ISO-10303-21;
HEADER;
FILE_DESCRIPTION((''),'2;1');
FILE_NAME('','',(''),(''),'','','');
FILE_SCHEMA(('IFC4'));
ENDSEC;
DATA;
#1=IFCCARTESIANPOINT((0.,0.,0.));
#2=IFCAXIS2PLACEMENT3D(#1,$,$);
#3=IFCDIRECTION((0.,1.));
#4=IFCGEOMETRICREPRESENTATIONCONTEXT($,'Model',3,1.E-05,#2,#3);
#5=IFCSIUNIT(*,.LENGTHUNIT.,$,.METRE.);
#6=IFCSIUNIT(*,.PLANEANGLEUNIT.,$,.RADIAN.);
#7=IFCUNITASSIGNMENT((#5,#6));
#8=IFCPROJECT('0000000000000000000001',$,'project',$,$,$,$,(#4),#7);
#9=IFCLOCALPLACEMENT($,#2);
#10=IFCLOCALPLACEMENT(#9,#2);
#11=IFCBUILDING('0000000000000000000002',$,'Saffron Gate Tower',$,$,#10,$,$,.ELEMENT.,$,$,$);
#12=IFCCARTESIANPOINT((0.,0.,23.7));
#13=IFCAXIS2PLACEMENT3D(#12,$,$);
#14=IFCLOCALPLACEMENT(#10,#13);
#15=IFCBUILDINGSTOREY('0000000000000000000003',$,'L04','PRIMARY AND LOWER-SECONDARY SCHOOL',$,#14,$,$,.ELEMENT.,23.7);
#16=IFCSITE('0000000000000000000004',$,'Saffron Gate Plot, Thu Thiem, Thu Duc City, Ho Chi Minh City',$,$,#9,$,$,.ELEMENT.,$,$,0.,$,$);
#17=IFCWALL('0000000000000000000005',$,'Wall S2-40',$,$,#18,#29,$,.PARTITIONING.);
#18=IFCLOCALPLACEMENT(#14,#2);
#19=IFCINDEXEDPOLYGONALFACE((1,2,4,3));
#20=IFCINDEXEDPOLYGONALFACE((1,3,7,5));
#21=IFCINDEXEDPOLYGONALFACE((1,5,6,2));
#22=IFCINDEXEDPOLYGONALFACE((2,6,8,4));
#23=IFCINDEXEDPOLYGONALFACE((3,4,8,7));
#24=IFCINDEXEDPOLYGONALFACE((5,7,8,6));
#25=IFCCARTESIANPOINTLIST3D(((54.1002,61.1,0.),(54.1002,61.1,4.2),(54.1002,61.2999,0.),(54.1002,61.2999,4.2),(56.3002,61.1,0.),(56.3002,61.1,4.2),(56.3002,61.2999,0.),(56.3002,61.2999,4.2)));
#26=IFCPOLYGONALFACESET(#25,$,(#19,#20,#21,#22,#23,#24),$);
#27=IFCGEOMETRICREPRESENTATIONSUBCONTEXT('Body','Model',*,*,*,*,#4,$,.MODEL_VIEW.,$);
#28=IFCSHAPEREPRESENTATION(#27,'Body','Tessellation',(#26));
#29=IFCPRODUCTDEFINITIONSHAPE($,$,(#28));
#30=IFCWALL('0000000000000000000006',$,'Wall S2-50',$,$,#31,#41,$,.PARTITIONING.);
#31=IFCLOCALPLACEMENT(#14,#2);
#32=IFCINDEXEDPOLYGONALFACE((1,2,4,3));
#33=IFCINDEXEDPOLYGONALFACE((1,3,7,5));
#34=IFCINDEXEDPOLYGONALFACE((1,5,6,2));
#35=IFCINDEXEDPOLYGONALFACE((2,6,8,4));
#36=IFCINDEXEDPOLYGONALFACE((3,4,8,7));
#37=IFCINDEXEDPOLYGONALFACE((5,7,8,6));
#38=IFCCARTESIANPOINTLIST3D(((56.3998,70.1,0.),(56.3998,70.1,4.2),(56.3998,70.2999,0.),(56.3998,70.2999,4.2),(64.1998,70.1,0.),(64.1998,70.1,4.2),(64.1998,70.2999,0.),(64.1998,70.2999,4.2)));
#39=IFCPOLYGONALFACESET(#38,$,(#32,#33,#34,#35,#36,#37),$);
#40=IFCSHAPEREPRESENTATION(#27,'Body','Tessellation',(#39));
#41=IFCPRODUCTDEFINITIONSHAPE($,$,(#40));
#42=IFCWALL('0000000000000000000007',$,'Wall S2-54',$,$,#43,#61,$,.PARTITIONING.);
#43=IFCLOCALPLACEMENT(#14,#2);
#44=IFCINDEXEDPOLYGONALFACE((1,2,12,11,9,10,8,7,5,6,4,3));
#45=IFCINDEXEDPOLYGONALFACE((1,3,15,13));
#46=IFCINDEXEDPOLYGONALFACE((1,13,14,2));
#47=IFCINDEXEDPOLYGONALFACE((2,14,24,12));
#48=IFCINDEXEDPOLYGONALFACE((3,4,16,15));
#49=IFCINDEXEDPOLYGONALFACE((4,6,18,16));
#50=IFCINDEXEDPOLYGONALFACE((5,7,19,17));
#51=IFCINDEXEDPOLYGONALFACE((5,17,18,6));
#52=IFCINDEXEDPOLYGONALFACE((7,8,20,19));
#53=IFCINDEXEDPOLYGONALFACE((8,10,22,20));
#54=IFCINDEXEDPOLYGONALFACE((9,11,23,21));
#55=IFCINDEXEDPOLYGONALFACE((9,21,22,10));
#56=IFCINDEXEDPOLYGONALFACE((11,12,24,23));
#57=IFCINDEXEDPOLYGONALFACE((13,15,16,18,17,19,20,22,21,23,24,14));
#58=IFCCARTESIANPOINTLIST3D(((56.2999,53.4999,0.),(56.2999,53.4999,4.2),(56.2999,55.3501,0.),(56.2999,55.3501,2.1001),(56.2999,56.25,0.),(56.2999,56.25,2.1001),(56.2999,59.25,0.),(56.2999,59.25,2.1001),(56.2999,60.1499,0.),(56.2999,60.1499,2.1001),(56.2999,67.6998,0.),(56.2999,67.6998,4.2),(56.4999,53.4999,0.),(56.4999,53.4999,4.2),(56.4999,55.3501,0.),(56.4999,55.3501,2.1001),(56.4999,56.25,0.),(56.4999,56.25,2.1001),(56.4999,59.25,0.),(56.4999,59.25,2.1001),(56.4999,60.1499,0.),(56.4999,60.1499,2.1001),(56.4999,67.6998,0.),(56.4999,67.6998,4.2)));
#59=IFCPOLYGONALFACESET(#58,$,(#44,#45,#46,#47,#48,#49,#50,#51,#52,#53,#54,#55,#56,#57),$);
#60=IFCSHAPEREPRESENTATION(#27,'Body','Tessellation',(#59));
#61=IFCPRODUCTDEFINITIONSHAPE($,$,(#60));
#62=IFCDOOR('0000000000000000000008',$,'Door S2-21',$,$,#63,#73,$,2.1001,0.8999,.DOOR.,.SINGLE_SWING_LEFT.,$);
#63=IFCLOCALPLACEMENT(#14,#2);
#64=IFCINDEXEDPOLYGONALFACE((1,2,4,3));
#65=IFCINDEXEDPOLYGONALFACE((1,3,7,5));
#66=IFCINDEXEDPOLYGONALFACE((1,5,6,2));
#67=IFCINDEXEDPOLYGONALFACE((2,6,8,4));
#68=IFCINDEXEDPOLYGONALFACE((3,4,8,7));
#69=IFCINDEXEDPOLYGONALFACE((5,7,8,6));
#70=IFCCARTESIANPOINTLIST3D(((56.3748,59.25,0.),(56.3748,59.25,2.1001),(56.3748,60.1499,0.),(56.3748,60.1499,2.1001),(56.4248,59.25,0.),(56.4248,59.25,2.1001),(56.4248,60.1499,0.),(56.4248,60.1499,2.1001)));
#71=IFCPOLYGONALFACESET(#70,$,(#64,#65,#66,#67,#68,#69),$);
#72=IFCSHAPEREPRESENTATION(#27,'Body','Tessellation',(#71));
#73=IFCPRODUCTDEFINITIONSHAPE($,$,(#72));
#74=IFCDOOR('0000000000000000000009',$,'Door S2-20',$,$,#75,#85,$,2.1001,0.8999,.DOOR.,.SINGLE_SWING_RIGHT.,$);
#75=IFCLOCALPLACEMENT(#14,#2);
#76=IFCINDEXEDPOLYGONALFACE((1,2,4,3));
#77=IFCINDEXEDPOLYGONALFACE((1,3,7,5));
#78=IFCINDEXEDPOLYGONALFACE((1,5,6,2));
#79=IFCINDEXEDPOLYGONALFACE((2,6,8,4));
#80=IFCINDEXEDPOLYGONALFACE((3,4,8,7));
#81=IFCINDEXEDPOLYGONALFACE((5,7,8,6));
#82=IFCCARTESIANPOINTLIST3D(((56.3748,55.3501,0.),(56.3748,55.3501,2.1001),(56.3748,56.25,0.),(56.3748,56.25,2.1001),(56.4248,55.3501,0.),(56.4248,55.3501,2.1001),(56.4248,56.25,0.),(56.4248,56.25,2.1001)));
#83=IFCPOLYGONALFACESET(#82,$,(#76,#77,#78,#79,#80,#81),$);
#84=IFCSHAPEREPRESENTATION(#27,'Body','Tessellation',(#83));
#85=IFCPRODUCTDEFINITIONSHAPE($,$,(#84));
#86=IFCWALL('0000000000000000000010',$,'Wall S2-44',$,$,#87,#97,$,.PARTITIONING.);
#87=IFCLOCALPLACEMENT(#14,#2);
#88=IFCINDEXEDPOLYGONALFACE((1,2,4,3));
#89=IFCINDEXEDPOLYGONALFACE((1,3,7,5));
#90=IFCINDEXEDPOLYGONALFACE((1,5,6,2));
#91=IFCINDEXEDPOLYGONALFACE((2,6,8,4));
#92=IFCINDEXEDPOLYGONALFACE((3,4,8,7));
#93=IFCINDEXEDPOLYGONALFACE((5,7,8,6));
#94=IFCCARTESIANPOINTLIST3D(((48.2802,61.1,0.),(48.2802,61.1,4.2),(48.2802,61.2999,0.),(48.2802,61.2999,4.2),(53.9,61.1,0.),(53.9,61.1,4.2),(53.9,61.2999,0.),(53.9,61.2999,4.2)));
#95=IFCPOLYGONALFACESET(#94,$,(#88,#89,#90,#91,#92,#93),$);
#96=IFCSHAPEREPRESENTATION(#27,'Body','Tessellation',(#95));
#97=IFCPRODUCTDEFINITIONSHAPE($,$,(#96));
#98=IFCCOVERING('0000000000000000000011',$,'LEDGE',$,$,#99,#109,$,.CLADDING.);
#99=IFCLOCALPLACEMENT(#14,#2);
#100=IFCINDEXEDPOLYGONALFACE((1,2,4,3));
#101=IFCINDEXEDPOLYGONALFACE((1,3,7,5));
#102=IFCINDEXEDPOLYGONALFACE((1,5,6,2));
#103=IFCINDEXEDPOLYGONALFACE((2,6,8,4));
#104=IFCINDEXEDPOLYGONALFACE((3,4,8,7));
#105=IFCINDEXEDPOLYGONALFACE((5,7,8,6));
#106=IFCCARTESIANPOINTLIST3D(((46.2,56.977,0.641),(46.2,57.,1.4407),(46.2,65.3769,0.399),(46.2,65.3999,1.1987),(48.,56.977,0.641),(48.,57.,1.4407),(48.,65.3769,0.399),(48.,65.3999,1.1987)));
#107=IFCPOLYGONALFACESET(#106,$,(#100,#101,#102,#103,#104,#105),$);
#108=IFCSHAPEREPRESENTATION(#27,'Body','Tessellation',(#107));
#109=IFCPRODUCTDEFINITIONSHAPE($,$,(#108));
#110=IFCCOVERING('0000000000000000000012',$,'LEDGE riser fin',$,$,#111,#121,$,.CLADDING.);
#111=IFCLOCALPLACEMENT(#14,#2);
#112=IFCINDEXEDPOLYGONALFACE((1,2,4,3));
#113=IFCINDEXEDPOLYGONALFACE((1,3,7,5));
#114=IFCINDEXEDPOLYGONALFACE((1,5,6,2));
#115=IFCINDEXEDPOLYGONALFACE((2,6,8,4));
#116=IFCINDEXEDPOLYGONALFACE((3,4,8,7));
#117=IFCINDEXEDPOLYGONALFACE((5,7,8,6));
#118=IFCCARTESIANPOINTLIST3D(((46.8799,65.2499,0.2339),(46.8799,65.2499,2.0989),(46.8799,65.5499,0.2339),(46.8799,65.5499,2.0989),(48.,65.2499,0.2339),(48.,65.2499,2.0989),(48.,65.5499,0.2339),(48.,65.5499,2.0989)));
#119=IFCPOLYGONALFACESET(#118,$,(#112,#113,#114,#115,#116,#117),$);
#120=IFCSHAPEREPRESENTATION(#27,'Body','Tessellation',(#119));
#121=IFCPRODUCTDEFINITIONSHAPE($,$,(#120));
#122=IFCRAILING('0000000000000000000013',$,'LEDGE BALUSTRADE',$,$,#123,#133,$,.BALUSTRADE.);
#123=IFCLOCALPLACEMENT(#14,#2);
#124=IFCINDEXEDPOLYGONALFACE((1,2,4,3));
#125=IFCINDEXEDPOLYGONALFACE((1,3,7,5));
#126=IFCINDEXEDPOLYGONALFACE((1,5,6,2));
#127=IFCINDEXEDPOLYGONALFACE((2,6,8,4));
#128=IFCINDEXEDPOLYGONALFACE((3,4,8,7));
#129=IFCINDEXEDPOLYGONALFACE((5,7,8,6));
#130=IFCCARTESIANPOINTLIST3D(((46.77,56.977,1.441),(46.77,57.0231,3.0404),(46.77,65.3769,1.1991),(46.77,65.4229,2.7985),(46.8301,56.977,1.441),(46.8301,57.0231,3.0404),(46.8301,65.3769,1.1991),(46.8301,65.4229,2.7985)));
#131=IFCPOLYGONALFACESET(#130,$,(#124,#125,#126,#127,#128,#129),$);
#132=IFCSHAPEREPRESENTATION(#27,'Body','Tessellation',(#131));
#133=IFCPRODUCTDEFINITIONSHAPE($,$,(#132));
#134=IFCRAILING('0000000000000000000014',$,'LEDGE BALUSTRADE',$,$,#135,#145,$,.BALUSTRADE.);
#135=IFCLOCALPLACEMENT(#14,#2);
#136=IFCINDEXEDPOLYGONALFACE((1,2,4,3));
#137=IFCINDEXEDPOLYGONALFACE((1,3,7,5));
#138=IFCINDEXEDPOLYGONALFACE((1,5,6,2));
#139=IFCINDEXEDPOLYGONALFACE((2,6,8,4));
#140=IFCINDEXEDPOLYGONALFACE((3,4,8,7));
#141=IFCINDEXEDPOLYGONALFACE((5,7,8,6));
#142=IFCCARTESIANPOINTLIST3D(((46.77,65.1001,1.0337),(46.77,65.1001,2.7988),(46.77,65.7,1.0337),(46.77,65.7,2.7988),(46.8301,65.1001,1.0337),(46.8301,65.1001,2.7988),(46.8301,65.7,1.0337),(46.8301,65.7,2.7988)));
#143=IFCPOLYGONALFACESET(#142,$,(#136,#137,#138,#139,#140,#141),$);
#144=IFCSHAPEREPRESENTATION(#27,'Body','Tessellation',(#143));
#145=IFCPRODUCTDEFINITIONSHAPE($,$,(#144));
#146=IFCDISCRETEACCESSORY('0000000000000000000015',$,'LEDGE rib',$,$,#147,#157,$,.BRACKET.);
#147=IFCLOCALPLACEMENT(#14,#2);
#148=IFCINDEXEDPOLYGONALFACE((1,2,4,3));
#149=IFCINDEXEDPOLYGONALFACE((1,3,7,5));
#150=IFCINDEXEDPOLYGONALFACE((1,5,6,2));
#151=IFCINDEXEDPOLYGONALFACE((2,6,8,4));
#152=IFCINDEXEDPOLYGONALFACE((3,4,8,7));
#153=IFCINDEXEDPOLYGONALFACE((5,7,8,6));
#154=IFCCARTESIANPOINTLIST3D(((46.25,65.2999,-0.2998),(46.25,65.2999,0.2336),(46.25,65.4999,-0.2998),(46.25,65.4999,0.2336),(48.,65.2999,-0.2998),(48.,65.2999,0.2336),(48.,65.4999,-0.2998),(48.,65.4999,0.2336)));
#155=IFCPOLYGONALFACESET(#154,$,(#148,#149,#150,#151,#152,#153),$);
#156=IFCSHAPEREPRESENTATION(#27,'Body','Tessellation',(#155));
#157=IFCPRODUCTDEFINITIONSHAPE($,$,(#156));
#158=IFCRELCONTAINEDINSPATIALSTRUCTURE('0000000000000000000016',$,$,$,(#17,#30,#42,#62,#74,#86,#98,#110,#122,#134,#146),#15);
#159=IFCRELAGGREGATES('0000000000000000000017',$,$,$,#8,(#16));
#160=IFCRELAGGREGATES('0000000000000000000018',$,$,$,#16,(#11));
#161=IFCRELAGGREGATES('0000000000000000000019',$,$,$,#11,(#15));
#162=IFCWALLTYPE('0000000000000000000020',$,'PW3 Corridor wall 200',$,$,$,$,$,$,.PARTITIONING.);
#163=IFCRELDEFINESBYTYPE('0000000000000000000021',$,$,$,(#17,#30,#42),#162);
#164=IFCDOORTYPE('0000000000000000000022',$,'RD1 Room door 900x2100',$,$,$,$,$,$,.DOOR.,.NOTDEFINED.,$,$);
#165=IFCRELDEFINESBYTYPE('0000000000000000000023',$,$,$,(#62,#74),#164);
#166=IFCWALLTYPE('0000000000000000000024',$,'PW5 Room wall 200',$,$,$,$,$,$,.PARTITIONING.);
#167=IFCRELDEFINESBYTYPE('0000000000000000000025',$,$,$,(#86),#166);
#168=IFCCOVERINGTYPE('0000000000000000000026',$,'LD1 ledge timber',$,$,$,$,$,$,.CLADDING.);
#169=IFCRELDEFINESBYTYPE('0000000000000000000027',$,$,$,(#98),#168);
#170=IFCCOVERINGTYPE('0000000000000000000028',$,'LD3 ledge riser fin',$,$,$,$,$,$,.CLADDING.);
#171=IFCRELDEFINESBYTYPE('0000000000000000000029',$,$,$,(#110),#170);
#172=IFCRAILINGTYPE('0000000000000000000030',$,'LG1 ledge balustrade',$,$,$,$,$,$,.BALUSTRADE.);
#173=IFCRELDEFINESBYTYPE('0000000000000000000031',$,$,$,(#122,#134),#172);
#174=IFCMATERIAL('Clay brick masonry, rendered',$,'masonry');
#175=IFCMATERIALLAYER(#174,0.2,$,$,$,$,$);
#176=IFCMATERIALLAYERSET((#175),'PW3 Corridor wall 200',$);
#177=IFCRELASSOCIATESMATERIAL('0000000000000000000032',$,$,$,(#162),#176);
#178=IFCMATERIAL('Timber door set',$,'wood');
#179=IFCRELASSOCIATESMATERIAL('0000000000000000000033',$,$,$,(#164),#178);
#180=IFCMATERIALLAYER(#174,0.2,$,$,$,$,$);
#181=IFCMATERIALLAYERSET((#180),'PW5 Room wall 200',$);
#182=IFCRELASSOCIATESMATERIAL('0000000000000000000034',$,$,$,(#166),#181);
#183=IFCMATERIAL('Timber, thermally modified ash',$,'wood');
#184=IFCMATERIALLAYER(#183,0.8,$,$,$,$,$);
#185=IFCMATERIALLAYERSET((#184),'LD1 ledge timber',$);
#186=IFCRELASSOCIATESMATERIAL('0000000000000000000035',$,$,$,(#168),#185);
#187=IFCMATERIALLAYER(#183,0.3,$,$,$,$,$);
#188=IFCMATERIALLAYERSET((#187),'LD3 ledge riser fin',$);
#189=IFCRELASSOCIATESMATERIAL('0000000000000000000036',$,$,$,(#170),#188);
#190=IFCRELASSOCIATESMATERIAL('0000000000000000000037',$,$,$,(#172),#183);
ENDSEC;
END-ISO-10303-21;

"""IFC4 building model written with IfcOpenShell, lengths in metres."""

from ifc_helpers import new_model, si_unit, direction, frame, frame_2d, origin, origin_2d, place, context, subcontext, project, spatial, polyline, rectangle, outline, extrude, material, layer, layer_set, type_object, element, fill, save


model = new_model("IFC4")

# Units and contexts
model_context = context("Model", 3, precision=1e-05, world=origin(), true_north=direction((0.0, 1.0)))
body_context = subcontext(model_context, "Body", "Model", "MODEL_VIEW")
ifc_project = project(units=[si_unit("LENGTHUNIT", "METRE"), si_unit("PLANEANGLEUNIT", "RADIAN")], contexts=[model_context])

# Site, building, storey
site_placement = place(None, origin())
site = spatial("IfcSite", under=ifc_project, at=site_placement, Name="Saffron Gate Plot, Thu Thiem, Thu Duc City, Ho Chi Minh City", CompositionType="ELEMENT", RefElevation=0.0)
building_placement = place(site_placement, origin())
building = spatial("IfcBuilding", under=site, at=building_placement, Name="Saffron Gate Tower", CompositionType="ELEMENT")
storey_placement = place(building_placement, frame((0.0, 0.0, 23.7)))
storey = spatial("IfcBuildingStorey", under=building, at=storey_placement, Name="L04", Description="PRIMARY AND LOWER-SECONDARY SCHOOL", CompositionType="ELEMENT", Elevation=23.7)

# Walls
ifc_material_1 = material(Name="Clay brick masonry, rendered", Category="masonry")
ifc_layer_1 = layer(ifc_material_1, 0.2)
ifc_layer_set_1 = layer_set([ifc_layer_1], Name="PW3 Corridor wall 200")
wall_type_1 = type_object("IfcWallType", Name="PW3 Corridor wall 200", PredefinedType="PARTITIONING", material=ifc_layer_set_1)
wall_1_placement = place(storey_placement, frame((54.1001, 61.2, 0.0), z_axis=(0.0, 0.0, 1.0), x_axis=(1.0, 0.0, 0.0)))
element("IfcWall", 1, at=wall_1_placement, inside=storey, type_object=wall_type_1, Name="Wall S2-40", PredefinedType="PARTITIONING", context=body_context, shape_type="SweptSolid", body=[
    extrude(rectangle(XDim=2.2, YDim=0.2, at=frame_2d((1.1001, 0.0))), origin(), (0.0, 0.0, 1.0), 4.2),
])
wall_2_placement = place(storey_placement, frame((56.3999, 70.2, 0.0), z_axis=(0.0, 0.0, 1.0), x_axis=(1.0, 0.0, 0.0)))
element("IfcWall", 2, at=wall_2_placement, inside=storey, type_object=wall_type_1, Name="Wall S2-50", PredefinedType="PARTITIONING", context=body_context, shape_type="SweptSolid", body=[
    extrude(rectangle(XDim=7.8, YDim=0.2, at=frame_2d((3.8999, 0.0))), origin(), (0.0, 0.0, 1.0), 4.2),
])

# Wall, openings, doors
wall_3_placement = place(storey_placement, frame((56.3999, 67.7, 0.0), z_axis=(0.0, 0.0, 1.0), x_axis=(0.0, -1.0, 0.0)))
wall_3 = element("IfcWall", 3, at=wall_3_placement, inside=storey, type_object=wall_type_1, Name="Wall S2-54", PredefinedType="PARTITIONING", context=body_context, shape_type="SweptSolid", body=[
    extrude(rectangle(XDim=14.2, YDim=0.2, at=frame_2d((7.1001, 0.0))), origin(), (0.0, 0.0, 1.0), 4.2),
])
opening_1_placement = place(wall_3_placement, frame((7.55, 0.0, 0.0)))
opening_1 = element("IfcOpeningElement", 4, at=opening_1_placement, cuts=wall_3, PredefinedType="OPENING", context=body_context, shape_type="SweptSolid", body=[
    extrude(rectangle(XDim=0.8999, YDim=2.1001, at=frame_2d((0.45, 1.05))), frame((0.0, 0.1099, 0.0), z_axis=(0.0, -1.0, 0.0), x_axis=(1.0, 0.0, 0.0)), (0.0, 0.0, 1.0), 0.22),
])
opening_2_placement = place(wall_3_placement, frame((11.45, 0.0, 0.0)))
opening_2 = element("IfcOpeningElement", 5, at=opening_2_placement, cuts=wall_3, PredefinedType="OPENING", context=body_context, shape_type="SweptSolid", body=[
    extrude(rectangle(XDim=0.8999, YDim=2.1001, at=frame_2d((0.45, 1.05))), frame((0.0, 0.1099, 0.0), z_axis=(0.0, -1.0, 0.0), x_axis=(1.0, 0.0, 0.0)), (0.0, 0.0, 1.0), 0.22),
])
ifc_material_2 = material(Name="Timber door set", Category="wood")
door_type = type_object("IfcDoorType", Name="RD1 Room door 900x2100", OperationType="NOTDEFINED", PredefinedType="DOOR", material=ifc_material_2)
door_1_placement = place(opening_1_placement, origin())
door_1 = element("IfcDoor", 6, at=door_1_placement, inside=storey, type_object=door_type, Name="Door S2-21", OperationType="SINGLE_SWING_LEFT", OverallHeight=2.1001, OverallWidth=0.8999, PredefinedType="DOOR", context=body_context, shape_type="SweptSolid", body=[
    extrude(rectangle(XDim=0.8999, YDim=2.1001, at=frame_2d((0.45, 1.05))), frame((0.0, 0.0249, 0.0), z_axis=(0.0, -1.0, 0.0), x_axis=(1.0, 0.0, 0.0)), (0.0, 0.0, 1.0), 0.05),
])
fill(opening_1, door_1)
door_2_placement = place(opening_2_placement, origin())
door_2 = element("IfcDoor", 7, at=door_2_placement, inside=storey, type_object=door_type, Name="Door S2-20", OperationType="SINGLE_SWING_RIGHT", OverallHeight=2.1001, OverallWidth=0.8999, PredefinedType="DOOR", context=body_context, shape_type="SweptSolid", body=[
    extrude(rectangle(XDim=0.8999, YDim=2.1001, at=frame_2d((0.45, 1.05))), frame((0.0, 0.0249, 0.0), z_axis=(0.0, -1.0, 0.0), x_axis=(1.0, 0.0, 0.0)), (0.0, 0.0, 1.0), 0.05),
])
fill(opening_2, door_2)

# Wall
ifc_layer_2 = layer(ifc_material_1, 0.2)
ifc_layer_set_2 = layer_set([ifc_layer_2], Name="PW5 Room wall 200")
wall_type_2 = type_object("IfcWallType", Name="PW5 Room wall 200", PredefinedType="PARTITIONING", material=ifc_layer_set_2)
wall_4_placement = place(storey_placement, frame((48.28, 61.2, 0.0), z_axis=(0.0, 0.0, 1.0), x_axis=(1.0, 0.0, 0.0)))
element("IfcWall", 8, at=wall_4_placement, inside=storey, type_object=wall_type_2, Name="Wall S2-44", PredefinedType="PARTITIONING", context=body_context, shape_type="SweptSolid", body=[
    extrude(rectangle(XDim=5.6199, YDim=0.2, at=frame_2d((2.8101, 0.0))), origin(), (0.0, 0.0, 1.0), 4.2),
])

# Coverings
ifc_material_3 = material(Name="Timber, thermally modified ash", Category="wood")
ifc_layer_3 = layer(ifc_material_3, 0.8)
ifc_layer_set_3 = layer_set([ifc_layer_3], Name="LD1 ledge timber")
covering_type_1 = type_object("IfcCoveringType", Name="LD1 ledge timber", PredefinedType="CLADDING", material=ifc_layer_set_3)
covering_1_placement = place(storey_placement, frame((48.0, 65.3999, 1.1987), z_axis=(0.0, 0.028791, 0.999585), x_axis=(0.0, -0.999585, 0.028791)))
element("IfcCovering", 9, at=covering_1_placement, inside=storey, type_object=covering_type_1, Name="LEDGE", PredefinedType="CLADDING", context=body_context, shape_type="SweptSolid", body=[
    extrude(outline(polyline([(0.0, 0.0), (8.4034, 0.0), (8.4034, -1.8), (0.0, -1.8), (0.0, 0.0)])), origin(), (0.0, 0.0, -1.0), 0.8),
])
ifc_layer_4 = layer(ifc_material_3, 0.3)
ifc_layer_set_4 = layer_set([ifc_layer_4], Name="LD3 ledge riser fin")
covering_type_2 = type_object("IfcCoveringType", Name="LD3 ledge riser fin", PredefinedType="CLADDING", material=ifc_layer_set_4)
covering_2_placement = place(storey_placement, frame((47.4399, 65.3999, 0.2339), z_axis=(0.0, 0.0, 1.0), x_axis=(0.0, -1.0, 0.0)))
element("IfcCovering", 10, at=covering_2_placement, inside=storey, type_object=covering_type_2, Name="LEDGE riser fin", PredefinedType="CLADDING", context=body_context, shape_type="SweptSolid", body=[
    extrude(rectangle(XDim=0.3, YDim=1.1201, at=origin_2d()), origin(), (0.0, 0.0, 1.0), 1.865),
])

# Railings
railing_type = type_object("IfcRailingType", Name="LG1 ledge balustrade", PredefinedType="BALUSTRADE", material=ifc_material_3)
railing_1_placement = place(storey_placement, frame((46.8, 65.3999, 1.1987)))
element("IfcRailing", 11, at=railing_1_placement, inside=storey, type_object=railing_type, Name="LEDGE BALUSTRADE", PredefinedType="BALUSTRADE", context=body_context, shape_type="SweptSolid", body=[
    extrude(rectangle(XDim=0.0601, YDim=1.6001, at=origin_2d()), frame((0.0, 0.0, 0.8), z_axis=(0.0, -0.999585, 0.028791), x_axis=(1.0, 0.0, 0.0)), (0.0, 0.0, 1.0), 8.4033),
])
railing_2_placement = place(storey_placement, frame((46.8, 65.7, 1.0337)))
element("IfcRailing", 12, at=railing_2_placement, inside=storey, type_object=railing_type, Name="LEDGE BALUSTRADE", PredefinedType="BALUSTRADE", context=body_context, shape_type="SweptSolid", body=[
    extrude(rectangle(XDim=0.0601, YDim=1.7651, at=origin_2d()), frame((0.0, 0.0, 0.8826), z_axis=(0.0, -1.0, 0.0), x_axis=(1.0, 0.0, 0.0)), (0.0, 0.0, 1.0), 0.5999),
])

# Discrete accessory
discrete_accessory_placement = place(storey_placement, frame((47.125, 65.3999, -0.2998), z_axis=(0.0, 0.0, 1.0), x_axis=(0.0, -1.0, 0.0)))
element("IfcDiscreteAccessory", 13, at=discrete_accessory_placement, inside=storey, Name="LEDGE rib", PredefinedType="BRACKET", context=body_context, shape_type="SweptSolid", body=[
    extrude(rectangle(XDim=0.2, YDim=1.75, at=origin_2d()), origin(), (0.0, 0.0, 1.0), 0.5334),
])

save(model, "model.ifc")
